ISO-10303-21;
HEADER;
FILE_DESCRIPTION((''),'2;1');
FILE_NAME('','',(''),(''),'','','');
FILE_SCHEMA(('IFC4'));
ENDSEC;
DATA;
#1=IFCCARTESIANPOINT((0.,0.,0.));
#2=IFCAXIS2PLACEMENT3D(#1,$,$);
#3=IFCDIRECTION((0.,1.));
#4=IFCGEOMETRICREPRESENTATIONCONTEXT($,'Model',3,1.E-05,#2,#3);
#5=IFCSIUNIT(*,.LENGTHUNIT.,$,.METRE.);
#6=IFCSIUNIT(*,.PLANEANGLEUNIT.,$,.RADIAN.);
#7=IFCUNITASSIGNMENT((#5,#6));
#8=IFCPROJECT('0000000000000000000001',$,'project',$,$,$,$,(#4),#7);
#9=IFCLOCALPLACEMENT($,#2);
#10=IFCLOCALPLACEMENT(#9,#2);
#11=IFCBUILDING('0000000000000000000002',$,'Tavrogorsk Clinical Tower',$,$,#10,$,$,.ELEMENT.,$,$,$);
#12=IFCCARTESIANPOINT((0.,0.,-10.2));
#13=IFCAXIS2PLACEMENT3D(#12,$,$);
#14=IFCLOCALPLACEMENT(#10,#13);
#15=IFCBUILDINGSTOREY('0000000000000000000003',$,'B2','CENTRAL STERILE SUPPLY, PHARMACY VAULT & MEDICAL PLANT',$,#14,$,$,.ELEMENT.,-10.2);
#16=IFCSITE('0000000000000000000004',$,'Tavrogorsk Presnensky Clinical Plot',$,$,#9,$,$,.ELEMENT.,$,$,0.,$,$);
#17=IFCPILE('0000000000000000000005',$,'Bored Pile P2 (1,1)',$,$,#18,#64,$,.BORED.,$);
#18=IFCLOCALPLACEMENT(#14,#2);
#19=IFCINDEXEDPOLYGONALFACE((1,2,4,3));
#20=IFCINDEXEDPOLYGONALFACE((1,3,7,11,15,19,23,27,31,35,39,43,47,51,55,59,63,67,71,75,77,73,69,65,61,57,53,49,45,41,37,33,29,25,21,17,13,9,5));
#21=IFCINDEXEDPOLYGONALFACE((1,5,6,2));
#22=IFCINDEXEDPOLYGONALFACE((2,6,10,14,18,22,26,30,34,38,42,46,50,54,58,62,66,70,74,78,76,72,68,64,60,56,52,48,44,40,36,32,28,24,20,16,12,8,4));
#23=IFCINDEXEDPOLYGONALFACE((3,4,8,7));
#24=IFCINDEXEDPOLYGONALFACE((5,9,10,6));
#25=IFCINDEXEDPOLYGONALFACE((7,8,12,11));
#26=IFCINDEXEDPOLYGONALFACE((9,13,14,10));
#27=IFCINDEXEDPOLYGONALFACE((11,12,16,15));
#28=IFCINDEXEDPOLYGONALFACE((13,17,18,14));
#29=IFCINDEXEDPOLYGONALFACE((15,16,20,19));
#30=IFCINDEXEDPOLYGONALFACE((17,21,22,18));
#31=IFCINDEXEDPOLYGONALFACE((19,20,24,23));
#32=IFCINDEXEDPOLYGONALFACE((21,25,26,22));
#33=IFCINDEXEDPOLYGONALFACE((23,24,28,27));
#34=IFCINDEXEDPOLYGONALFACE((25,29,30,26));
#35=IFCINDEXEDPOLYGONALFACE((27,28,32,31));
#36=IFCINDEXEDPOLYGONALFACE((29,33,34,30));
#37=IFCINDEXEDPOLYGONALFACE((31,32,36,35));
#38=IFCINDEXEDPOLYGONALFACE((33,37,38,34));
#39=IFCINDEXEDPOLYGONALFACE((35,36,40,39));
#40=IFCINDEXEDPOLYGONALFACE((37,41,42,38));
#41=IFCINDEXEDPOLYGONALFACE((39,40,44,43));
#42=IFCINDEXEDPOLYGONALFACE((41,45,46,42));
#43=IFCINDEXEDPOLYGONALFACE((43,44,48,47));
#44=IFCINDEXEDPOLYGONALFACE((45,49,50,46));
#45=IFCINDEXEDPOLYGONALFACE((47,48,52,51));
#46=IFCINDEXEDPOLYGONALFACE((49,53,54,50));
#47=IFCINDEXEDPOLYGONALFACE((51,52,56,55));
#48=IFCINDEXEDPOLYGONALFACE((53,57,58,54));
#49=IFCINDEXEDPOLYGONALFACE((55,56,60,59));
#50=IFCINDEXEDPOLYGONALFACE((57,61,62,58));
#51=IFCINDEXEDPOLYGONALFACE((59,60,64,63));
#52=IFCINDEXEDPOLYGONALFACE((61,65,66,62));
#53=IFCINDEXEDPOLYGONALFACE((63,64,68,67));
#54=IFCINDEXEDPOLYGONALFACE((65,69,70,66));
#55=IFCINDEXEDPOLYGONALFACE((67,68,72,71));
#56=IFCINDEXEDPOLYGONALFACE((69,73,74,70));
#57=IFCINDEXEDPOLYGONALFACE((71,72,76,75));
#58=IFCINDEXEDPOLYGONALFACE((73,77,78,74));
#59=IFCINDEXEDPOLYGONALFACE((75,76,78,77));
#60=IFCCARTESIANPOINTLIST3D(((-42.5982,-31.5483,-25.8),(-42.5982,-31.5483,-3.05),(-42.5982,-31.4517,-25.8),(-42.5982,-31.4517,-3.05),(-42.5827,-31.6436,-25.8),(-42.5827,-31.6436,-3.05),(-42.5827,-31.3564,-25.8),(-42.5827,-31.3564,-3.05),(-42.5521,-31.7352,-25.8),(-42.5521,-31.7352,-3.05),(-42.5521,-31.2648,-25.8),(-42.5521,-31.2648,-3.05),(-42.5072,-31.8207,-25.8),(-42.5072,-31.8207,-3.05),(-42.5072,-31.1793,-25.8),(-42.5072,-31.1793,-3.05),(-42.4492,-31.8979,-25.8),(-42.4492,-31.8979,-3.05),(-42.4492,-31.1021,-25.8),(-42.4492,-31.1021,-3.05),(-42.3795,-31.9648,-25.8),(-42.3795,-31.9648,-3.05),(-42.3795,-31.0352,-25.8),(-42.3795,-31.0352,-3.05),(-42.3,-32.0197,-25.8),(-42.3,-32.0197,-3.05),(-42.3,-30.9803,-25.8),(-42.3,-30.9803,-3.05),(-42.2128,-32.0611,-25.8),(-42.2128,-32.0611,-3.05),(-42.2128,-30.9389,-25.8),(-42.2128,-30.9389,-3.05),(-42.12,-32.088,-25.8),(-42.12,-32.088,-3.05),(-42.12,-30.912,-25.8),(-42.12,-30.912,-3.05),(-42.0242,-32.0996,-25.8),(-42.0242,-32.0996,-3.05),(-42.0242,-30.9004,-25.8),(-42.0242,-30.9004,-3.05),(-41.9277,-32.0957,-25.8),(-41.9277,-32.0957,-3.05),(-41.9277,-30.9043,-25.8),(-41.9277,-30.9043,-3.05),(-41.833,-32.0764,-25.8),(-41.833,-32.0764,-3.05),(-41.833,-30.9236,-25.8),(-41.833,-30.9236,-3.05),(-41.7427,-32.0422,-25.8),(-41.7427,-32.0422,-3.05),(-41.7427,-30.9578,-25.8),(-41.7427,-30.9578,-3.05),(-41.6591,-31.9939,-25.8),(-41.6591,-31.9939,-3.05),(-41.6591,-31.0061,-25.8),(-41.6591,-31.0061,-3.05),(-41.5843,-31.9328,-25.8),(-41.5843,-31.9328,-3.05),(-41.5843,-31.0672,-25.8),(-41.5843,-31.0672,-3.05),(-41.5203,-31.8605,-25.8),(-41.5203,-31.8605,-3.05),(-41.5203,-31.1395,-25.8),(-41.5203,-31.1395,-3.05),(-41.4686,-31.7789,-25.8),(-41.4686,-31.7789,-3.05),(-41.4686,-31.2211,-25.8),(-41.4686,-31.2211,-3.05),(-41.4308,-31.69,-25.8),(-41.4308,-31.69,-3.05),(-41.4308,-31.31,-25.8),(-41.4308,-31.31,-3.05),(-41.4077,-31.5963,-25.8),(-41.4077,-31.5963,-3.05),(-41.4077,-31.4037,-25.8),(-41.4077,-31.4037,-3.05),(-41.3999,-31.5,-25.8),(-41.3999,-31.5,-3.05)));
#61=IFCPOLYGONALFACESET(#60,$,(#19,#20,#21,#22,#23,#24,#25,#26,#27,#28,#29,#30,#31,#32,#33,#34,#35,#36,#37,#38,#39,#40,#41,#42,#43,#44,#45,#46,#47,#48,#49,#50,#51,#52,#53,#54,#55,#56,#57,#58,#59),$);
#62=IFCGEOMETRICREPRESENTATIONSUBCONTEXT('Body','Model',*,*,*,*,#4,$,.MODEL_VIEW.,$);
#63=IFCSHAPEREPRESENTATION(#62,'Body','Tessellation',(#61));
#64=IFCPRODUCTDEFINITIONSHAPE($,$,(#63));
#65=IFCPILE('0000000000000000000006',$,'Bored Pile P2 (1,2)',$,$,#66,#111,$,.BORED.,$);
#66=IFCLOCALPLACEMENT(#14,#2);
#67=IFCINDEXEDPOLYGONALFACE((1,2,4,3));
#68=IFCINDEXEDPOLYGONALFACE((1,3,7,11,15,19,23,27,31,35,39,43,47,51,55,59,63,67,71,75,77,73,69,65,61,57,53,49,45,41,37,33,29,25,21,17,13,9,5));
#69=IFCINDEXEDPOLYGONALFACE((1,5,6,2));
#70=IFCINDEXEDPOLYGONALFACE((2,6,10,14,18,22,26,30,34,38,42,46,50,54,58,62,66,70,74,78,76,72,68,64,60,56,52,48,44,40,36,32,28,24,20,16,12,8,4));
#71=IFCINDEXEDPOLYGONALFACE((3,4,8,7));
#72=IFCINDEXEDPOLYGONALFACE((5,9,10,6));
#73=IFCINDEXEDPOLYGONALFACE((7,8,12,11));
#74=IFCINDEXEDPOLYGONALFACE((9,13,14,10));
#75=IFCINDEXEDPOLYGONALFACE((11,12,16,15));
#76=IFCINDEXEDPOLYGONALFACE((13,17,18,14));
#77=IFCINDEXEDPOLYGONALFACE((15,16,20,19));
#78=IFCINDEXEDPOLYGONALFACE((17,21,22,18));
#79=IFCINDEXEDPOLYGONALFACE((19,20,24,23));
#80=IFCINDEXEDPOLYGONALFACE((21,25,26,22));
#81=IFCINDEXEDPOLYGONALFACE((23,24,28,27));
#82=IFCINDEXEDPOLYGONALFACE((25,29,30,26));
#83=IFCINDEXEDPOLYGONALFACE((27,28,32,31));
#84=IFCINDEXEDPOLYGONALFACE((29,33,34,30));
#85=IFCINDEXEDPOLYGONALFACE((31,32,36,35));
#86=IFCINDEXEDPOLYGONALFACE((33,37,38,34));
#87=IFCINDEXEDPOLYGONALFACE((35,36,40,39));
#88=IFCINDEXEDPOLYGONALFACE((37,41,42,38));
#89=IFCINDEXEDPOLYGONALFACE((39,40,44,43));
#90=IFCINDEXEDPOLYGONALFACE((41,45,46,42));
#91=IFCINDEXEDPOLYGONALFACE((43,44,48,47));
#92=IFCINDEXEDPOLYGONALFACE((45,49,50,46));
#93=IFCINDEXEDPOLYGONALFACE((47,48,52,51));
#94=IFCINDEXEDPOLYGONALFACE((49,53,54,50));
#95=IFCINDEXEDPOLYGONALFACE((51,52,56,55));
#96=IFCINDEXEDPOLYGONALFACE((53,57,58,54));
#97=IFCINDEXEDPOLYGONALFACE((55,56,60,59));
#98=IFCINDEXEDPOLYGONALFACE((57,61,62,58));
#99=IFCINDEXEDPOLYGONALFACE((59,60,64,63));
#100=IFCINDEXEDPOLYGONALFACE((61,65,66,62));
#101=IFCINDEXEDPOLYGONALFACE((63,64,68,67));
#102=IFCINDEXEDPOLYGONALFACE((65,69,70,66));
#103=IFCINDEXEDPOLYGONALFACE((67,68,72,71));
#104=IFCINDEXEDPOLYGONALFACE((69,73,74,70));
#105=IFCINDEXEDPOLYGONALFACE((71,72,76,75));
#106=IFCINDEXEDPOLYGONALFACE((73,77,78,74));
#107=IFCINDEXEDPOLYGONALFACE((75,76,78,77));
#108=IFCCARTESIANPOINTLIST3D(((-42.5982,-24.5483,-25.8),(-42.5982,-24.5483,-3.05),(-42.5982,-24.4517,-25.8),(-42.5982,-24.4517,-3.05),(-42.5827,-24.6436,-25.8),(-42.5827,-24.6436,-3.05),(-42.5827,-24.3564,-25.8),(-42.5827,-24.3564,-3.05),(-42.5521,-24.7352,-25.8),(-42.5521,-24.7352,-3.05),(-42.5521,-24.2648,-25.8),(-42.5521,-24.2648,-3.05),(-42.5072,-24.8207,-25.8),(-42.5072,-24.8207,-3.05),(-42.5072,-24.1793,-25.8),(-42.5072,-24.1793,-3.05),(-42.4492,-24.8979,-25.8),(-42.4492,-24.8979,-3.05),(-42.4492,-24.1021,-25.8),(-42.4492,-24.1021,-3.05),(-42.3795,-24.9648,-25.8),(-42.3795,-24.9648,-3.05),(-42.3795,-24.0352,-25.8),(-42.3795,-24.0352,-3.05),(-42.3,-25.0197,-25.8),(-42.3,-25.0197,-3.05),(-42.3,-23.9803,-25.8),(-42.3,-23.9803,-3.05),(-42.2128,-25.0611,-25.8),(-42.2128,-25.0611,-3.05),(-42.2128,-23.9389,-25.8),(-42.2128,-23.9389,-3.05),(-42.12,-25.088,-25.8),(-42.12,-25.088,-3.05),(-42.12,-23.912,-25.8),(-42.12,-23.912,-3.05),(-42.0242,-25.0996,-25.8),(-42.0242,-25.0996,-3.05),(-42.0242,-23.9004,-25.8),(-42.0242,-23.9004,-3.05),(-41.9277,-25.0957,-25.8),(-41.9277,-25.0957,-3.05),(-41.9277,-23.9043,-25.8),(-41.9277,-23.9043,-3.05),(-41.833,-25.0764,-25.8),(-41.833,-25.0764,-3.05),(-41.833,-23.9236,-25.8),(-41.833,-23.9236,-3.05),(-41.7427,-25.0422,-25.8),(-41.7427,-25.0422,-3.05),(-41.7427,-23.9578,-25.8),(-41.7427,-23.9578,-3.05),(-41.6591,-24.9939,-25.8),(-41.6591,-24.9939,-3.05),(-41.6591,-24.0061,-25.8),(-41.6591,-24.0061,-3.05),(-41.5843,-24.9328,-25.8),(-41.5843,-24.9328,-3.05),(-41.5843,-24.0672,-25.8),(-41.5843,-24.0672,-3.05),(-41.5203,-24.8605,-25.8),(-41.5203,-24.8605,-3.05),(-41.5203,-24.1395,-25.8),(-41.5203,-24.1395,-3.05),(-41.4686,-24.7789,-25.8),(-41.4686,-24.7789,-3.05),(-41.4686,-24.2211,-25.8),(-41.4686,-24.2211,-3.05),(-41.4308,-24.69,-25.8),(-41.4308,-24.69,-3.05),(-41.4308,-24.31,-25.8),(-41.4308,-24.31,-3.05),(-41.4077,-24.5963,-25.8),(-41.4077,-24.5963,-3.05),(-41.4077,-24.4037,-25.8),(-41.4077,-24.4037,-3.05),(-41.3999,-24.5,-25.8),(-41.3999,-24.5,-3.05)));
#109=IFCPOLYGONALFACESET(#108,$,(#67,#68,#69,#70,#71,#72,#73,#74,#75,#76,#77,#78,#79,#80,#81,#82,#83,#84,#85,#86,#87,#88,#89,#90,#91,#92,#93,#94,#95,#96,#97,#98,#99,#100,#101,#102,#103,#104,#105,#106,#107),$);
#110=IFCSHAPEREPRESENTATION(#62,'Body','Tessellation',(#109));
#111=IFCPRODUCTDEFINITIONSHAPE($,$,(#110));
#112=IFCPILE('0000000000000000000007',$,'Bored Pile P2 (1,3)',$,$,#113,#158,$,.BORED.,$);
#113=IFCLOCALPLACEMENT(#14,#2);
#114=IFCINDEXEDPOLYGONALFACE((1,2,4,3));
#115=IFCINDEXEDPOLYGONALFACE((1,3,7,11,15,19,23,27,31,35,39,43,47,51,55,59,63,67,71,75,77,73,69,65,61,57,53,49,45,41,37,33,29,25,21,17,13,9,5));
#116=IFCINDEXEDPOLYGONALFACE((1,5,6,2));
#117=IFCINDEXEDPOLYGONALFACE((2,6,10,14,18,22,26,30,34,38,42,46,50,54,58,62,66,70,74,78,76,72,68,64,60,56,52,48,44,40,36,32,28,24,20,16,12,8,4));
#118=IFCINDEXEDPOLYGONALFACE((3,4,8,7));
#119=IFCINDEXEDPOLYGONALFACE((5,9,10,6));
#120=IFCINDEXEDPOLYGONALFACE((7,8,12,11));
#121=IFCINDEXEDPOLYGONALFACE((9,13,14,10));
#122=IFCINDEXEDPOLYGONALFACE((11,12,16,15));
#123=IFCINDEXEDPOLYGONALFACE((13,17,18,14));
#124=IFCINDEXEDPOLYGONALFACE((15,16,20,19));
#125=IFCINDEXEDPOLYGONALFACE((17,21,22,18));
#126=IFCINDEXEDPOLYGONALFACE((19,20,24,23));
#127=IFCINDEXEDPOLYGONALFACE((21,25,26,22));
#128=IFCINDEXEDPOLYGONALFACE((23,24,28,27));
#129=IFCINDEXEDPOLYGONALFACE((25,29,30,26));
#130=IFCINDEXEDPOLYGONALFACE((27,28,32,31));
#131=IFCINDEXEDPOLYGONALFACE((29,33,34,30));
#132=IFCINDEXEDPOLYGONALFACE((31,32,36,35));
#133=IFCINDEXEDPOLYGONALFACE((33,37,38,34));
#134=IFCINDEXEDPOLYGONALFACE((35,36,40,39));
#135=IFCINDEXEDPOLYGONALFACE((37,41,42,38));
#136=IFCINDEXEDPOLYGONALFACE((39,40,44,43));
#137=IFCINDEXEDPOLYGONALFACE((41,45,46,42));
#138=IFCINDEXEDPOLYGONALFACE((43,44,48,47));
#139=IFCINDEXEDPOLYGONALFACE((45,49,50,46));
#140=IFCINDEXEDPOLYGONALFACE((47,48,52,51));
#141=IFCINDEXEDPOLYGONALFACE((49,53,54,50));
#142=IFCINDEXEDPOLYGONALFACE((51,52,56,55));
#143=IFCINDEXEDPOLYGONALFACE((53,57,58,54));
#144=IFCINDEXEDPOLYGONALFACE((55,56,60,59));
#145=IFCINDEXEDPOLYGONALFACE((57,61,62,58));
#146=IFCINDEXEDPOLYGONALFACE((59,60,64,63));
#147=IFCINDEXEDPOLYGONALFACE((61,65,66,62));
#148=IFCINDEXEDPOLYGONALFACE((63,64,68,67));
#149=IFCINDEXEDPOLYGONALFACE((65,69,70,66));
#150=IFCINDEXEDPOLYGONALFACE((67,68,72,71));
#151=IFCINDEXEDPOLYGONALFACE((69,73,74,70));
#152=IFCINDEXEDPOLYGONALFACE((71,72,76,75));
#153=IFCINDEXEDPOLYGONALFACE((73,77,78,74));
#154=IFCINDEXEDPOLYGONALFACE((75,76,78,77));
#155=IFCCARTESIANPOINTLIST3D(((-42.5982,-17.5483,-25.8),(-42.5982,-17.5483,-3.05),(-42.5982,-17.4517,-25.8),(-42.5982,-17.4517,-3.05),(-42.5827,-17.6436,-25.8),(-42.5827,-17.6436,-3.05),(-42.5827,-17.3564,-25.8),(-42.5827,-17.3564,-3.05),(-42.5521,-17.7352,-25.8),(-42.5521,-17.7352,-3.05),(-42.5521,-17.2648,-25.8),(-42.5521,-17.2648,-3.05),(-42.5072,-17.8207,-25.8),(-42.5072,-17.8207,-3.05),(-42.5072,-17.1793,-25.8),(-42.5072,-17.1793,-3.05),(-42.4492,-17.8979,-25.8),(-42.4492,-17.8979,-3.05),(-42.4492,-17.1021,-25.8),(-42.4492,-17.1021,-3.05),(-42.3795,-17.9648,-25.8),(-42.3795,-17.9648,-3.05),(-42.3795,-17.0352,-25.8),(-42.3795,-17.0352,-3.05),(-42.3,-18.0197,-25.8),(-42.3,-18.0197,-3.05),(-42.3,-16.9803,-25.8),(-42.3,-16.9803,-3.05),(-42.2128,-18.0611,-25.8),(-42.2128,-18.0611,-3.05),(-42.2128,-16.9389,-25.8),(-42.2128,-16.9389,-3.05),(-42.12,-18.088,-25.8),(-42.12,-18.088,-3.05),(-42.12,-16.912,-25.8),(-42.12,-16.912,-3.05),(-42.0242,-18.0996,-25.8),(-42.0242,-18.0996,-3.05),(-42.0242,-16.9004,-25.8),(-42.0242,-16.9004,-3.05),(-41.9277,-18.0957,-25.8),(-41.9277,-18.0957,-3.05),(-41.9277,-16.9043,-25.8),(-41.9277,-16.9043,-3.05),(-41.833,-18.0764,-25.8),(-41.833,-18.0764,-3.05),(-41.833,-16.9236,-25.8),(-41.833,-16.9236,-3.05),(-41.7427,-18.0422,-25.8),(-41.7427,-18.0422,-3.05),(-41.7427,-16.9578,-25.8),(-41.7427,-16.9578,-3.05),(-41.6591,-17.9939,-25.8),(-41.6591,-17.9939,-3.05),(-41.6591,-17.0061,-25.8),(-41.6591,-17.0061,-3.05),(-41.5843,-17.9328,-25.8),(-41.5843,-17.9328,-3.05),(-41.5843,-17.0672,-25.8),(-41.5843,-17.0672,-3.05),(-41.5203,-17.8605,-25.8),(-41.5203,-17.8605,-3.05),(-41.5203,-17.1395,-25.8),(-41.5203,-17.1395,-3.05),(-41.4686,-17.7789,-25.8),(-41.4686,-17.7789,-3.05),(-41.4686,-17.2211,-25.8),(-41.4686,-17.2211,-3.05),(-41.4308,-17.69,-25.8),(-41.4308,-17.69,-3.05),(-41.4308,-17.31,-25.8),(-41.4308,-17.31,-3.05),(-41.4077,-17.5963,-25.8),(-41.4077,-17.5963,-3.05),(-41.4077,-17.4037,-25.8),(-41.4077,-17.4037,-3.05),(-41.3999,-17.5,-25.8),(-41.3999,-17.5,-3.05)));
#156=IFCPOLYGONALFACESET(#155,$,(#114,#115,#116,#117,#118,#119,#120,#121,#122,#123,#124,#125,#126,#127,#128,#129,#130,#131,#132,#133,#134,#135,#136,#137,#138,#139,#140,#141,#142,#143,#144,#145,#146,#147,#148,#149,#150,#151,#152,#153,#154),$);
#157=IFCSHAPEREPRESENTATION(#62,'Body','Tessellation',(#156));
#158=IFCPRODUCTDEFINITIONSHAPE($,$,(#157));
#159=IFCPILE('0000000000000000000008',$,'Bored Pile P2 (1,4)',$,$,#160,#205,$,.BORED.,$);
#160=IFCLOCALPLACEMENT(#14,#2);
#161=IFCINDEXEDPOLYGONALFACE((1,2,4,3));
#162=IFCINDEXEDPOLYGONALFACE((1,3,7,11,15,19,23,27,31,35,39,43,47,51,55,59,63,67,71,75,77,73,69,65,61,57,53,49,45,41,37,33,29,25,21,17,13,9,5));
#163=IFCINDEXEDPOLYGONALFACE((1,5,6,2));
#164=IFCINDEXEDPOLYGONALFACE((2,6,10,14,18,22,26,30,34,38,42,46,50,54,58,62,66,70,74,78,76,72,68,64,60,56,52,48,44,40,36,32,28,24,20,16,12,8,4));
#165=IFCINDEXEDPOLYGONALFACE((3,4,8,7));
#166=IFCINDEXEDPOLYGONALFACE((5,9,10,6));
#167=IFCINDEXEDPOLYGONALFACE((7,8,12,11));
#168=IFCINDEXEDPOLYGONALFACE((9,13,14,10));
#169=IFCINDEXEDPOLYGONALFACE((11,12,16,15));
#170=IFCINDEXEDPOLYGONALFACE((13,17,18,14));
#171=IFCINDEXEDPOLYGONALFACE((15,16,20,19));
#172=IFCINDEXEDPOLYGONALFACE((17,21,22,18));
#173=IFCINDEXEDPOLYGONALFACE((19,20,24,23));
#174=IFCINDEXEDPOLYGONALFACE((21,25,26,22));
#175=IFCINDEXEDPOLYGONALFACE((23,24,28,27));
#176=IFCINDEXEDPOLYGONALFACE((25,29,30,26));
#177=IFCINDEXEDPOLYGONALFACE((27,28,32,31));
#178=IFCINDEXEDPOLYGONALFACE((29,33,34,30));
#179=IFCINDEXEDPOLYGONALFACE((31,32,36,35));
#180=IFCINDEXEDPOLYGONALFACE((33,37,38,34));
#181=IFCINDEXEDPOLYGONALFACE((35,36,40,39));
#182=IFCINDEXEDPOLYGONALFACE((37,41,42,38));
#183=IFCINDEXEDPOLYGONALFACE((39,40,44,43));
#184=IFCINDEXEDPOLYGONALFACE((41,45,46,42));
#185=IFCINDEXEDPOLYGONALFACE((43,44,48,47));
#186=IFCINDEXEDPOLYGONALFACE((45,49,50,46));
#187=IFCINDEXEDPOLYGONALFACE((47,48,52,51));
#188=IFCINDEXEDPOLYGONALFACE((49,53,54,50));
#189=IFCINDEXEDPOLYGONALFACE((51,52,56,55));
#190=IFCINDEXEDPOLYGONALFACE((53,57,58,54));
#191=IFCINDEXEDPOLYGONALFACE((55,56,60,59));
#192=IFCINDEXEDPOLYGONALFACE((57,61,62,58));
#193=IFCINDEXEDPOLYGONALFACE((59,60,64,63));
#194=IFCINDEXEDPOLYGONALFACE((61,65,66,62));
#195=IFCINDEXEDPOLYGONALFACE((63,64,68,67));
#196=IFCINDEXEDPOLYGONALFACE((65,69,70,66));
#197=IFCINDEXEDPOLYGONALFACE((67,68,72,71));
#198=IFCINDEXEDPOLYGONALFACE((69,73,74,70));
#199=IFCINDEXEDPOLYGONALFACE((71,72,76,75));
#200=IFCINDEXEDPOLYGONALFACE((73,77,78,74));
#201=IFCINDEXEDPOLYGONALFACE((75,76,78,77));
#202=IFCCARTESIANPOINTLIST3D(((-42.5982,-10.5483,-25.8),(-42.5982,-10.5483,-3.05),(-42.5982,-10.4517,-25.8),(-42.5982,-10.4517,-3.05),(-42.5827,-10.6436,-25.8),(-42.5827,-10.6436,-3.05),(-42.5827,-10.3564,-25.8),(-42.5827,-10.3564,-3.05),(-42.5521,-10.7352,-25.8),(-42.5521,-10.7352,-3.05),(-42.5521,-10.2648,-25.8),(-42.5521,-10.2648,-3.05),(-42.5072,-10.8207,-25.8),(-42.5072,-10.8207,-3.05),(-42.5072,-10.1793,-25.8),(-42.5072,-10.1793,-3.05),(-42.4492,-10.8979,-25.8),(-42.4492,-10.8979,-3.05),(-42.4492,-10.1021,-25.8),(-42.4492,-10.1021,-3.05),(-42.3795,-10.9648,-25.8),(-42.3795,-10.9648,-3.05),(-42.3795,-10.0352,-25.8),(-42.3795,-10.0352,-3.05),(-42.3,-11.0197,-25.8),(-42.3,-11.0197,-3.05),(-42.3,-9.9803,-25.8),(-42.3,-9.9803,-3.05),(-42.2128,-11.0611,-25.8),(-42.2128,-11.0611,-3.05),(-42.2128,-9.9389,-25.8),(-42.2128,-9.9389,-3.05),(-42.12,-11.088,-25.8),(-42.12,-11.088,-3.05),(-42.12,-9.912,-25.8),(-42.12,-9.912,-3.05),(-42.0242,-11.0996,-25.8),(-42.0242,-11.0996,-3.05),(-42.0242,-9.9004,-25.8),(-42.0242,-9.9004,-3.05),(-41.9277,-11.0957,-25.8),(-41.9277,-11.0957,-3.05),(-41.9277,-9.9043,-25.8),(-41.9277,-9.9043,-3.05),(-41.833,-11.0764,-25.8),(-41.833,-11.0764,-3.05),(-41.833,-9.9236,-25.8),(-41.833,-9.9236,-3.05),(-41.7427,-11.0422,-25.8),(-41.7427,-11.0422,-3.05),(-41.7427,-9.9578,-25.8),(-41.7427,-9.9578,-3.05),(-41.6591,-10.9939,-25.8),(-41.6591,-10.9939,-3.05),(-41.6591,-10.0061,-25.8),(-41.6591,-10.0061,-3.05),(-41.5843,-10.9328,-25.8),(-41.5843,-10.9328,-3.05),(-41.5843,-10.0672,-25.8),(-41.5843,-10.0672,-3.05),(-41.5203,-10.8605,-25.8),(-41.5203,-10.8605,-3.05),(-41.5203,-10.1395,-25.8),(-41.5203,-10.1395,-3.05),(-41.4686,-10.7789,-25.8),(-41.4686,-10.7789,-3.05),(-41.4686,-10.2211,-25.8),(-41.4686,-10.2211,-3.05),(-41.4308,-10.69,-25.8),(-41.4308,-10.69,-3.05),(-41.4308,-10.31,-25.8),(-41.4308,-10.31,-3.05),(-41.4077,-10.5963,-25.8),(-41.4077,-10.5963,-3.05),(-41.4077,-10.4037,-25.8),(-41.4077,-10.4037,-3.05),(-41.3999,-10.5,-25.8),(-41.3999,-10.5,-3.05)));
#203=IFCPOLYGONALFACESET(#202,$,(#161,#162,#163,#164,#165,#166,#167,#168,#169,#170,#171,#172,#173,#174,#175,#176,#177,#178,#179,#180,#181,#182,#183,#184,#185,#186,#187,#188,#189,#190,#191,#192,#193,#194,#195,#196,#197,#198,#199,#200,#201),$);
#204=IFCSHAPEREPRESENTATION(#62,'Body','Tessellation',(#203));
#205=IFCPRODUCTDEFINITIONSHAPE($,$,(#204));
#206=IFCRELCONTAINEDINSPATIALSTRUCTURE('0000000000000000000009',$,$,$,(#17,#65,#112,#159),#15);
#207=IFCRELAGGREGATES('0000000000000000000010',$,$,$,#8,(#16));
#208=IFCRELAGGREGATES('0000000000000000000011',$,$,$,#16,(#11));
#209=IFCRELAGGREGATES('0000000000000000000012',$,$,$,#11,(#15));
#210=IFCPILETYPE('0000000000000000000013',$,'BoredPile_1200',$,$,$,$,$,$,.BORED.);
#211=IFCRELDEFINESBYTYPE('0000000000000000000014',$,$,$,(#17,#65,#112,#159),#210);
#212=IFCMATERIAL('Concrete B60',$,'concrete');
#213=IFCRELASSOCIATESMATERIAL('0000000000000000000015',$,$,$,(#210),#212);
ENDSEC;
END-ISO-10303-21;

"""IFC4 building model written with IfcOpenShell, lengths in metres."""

from ifc_helpers import new_model, si_unit, direction, frame, origin, origin_2d, place, context, subcontext, project, spatial, circle, extrude, material, material_profile, profile_set, type_object, element, save


model = new_model("IFC4")

# Units and contexts
model_context = context("Model", 3, precision=1e-05, world=origin(), true_north=direction((0.0, 1.0)))
body_context = subcontext(model_context, "Body", "Model", "MODEL_VIEW")
ifc_project = project(units=[si_unit("LENGTHUNIT", "METRE"), si_unit("PLANEANGLEUNIT", "RADIAN")], contexts=[model_context])

# Site, building, storey
site_placement = place(None, origin())
site = spatial("IfcSite", under=ifc_project, at=site_placement, Name="Tavrogorsk Presnensky Clinical Plot", CompositionType="ELEMENT", RefElevation=0.0)
building_placement = place(site_placement, origin())
building = spatial("IfcBuilding", under=site, at=building_placement, Name="Tavrogorsk Clinical Tower", CompositionType="ELEMENT")
storey_placement = place(building_placement, frame((0.0, 0.0, -10.2)))
storey = spatial("IfcBuildingStorey", under=building, at=storey_placement, Name="B2", Description="CENTRAL STERILE SUPPLY, PHARMACY VAULT & MEDICAL PLANT", CompositionType="ELEMENT", Elevation=-10.2)

# Piles
ifc_material_1 = material(Name="Concrete B60", Category="concrete")
ifc_material_profile_1 = material_profile(ifc_material_1, circle(Radius=0.6001, at=origin_2d()), Name="BORED-PILE-1200")
ifc_profile_set_1 = profile_set([ifc_material_profile_1], Name="Concrete B60")
pile_type_1 = type_object("IfcPileType", Name="BoredPile_1200", PredefinedType="BORED", material=ifc_profile_set_1)
for number, where, z_axis, x_axis, name in (
    (1, (-42.0, -31.5, -3.05), (0.0, 0.0, -1.0), (1.0, 0.0, 0.0), "Bored Pile P2 (1,1)"),
    (2, (-42.0, -24.5, -3.05), (0.0, 0.0, -1.0), (1.0, 0.0, 0.0), "Bored Pile P2 (1,2)"),
    (3, (-42.0, -17.5, -3.05), (0.0, 0.0, -1.0), (1.0, 0.0, 0.0), "Bored Pile P2 (1,3)"),
    (4, (-42.0, -10.5, -3.05), (0.0, 0.0, -1.0), (1.0, 0.0, 0.0), "Bored Pile P2 (1,4)"),
):
    element("IfcPile", number, at=place(storey_placement, frame(where, z_axis=z_axis, x_axis=x_axis)), inside=storey, type_object=pile_type_1, Name=name, PredefinedType="BORED", context=body_context, shape_type="SweptSolid", body=[
        extrude(circle(Radius=0.6001, at=origin_2d()), origin(), (0.0, 0.0, 1.0), 22.75),
    ])

save(model, "model.ifc")
